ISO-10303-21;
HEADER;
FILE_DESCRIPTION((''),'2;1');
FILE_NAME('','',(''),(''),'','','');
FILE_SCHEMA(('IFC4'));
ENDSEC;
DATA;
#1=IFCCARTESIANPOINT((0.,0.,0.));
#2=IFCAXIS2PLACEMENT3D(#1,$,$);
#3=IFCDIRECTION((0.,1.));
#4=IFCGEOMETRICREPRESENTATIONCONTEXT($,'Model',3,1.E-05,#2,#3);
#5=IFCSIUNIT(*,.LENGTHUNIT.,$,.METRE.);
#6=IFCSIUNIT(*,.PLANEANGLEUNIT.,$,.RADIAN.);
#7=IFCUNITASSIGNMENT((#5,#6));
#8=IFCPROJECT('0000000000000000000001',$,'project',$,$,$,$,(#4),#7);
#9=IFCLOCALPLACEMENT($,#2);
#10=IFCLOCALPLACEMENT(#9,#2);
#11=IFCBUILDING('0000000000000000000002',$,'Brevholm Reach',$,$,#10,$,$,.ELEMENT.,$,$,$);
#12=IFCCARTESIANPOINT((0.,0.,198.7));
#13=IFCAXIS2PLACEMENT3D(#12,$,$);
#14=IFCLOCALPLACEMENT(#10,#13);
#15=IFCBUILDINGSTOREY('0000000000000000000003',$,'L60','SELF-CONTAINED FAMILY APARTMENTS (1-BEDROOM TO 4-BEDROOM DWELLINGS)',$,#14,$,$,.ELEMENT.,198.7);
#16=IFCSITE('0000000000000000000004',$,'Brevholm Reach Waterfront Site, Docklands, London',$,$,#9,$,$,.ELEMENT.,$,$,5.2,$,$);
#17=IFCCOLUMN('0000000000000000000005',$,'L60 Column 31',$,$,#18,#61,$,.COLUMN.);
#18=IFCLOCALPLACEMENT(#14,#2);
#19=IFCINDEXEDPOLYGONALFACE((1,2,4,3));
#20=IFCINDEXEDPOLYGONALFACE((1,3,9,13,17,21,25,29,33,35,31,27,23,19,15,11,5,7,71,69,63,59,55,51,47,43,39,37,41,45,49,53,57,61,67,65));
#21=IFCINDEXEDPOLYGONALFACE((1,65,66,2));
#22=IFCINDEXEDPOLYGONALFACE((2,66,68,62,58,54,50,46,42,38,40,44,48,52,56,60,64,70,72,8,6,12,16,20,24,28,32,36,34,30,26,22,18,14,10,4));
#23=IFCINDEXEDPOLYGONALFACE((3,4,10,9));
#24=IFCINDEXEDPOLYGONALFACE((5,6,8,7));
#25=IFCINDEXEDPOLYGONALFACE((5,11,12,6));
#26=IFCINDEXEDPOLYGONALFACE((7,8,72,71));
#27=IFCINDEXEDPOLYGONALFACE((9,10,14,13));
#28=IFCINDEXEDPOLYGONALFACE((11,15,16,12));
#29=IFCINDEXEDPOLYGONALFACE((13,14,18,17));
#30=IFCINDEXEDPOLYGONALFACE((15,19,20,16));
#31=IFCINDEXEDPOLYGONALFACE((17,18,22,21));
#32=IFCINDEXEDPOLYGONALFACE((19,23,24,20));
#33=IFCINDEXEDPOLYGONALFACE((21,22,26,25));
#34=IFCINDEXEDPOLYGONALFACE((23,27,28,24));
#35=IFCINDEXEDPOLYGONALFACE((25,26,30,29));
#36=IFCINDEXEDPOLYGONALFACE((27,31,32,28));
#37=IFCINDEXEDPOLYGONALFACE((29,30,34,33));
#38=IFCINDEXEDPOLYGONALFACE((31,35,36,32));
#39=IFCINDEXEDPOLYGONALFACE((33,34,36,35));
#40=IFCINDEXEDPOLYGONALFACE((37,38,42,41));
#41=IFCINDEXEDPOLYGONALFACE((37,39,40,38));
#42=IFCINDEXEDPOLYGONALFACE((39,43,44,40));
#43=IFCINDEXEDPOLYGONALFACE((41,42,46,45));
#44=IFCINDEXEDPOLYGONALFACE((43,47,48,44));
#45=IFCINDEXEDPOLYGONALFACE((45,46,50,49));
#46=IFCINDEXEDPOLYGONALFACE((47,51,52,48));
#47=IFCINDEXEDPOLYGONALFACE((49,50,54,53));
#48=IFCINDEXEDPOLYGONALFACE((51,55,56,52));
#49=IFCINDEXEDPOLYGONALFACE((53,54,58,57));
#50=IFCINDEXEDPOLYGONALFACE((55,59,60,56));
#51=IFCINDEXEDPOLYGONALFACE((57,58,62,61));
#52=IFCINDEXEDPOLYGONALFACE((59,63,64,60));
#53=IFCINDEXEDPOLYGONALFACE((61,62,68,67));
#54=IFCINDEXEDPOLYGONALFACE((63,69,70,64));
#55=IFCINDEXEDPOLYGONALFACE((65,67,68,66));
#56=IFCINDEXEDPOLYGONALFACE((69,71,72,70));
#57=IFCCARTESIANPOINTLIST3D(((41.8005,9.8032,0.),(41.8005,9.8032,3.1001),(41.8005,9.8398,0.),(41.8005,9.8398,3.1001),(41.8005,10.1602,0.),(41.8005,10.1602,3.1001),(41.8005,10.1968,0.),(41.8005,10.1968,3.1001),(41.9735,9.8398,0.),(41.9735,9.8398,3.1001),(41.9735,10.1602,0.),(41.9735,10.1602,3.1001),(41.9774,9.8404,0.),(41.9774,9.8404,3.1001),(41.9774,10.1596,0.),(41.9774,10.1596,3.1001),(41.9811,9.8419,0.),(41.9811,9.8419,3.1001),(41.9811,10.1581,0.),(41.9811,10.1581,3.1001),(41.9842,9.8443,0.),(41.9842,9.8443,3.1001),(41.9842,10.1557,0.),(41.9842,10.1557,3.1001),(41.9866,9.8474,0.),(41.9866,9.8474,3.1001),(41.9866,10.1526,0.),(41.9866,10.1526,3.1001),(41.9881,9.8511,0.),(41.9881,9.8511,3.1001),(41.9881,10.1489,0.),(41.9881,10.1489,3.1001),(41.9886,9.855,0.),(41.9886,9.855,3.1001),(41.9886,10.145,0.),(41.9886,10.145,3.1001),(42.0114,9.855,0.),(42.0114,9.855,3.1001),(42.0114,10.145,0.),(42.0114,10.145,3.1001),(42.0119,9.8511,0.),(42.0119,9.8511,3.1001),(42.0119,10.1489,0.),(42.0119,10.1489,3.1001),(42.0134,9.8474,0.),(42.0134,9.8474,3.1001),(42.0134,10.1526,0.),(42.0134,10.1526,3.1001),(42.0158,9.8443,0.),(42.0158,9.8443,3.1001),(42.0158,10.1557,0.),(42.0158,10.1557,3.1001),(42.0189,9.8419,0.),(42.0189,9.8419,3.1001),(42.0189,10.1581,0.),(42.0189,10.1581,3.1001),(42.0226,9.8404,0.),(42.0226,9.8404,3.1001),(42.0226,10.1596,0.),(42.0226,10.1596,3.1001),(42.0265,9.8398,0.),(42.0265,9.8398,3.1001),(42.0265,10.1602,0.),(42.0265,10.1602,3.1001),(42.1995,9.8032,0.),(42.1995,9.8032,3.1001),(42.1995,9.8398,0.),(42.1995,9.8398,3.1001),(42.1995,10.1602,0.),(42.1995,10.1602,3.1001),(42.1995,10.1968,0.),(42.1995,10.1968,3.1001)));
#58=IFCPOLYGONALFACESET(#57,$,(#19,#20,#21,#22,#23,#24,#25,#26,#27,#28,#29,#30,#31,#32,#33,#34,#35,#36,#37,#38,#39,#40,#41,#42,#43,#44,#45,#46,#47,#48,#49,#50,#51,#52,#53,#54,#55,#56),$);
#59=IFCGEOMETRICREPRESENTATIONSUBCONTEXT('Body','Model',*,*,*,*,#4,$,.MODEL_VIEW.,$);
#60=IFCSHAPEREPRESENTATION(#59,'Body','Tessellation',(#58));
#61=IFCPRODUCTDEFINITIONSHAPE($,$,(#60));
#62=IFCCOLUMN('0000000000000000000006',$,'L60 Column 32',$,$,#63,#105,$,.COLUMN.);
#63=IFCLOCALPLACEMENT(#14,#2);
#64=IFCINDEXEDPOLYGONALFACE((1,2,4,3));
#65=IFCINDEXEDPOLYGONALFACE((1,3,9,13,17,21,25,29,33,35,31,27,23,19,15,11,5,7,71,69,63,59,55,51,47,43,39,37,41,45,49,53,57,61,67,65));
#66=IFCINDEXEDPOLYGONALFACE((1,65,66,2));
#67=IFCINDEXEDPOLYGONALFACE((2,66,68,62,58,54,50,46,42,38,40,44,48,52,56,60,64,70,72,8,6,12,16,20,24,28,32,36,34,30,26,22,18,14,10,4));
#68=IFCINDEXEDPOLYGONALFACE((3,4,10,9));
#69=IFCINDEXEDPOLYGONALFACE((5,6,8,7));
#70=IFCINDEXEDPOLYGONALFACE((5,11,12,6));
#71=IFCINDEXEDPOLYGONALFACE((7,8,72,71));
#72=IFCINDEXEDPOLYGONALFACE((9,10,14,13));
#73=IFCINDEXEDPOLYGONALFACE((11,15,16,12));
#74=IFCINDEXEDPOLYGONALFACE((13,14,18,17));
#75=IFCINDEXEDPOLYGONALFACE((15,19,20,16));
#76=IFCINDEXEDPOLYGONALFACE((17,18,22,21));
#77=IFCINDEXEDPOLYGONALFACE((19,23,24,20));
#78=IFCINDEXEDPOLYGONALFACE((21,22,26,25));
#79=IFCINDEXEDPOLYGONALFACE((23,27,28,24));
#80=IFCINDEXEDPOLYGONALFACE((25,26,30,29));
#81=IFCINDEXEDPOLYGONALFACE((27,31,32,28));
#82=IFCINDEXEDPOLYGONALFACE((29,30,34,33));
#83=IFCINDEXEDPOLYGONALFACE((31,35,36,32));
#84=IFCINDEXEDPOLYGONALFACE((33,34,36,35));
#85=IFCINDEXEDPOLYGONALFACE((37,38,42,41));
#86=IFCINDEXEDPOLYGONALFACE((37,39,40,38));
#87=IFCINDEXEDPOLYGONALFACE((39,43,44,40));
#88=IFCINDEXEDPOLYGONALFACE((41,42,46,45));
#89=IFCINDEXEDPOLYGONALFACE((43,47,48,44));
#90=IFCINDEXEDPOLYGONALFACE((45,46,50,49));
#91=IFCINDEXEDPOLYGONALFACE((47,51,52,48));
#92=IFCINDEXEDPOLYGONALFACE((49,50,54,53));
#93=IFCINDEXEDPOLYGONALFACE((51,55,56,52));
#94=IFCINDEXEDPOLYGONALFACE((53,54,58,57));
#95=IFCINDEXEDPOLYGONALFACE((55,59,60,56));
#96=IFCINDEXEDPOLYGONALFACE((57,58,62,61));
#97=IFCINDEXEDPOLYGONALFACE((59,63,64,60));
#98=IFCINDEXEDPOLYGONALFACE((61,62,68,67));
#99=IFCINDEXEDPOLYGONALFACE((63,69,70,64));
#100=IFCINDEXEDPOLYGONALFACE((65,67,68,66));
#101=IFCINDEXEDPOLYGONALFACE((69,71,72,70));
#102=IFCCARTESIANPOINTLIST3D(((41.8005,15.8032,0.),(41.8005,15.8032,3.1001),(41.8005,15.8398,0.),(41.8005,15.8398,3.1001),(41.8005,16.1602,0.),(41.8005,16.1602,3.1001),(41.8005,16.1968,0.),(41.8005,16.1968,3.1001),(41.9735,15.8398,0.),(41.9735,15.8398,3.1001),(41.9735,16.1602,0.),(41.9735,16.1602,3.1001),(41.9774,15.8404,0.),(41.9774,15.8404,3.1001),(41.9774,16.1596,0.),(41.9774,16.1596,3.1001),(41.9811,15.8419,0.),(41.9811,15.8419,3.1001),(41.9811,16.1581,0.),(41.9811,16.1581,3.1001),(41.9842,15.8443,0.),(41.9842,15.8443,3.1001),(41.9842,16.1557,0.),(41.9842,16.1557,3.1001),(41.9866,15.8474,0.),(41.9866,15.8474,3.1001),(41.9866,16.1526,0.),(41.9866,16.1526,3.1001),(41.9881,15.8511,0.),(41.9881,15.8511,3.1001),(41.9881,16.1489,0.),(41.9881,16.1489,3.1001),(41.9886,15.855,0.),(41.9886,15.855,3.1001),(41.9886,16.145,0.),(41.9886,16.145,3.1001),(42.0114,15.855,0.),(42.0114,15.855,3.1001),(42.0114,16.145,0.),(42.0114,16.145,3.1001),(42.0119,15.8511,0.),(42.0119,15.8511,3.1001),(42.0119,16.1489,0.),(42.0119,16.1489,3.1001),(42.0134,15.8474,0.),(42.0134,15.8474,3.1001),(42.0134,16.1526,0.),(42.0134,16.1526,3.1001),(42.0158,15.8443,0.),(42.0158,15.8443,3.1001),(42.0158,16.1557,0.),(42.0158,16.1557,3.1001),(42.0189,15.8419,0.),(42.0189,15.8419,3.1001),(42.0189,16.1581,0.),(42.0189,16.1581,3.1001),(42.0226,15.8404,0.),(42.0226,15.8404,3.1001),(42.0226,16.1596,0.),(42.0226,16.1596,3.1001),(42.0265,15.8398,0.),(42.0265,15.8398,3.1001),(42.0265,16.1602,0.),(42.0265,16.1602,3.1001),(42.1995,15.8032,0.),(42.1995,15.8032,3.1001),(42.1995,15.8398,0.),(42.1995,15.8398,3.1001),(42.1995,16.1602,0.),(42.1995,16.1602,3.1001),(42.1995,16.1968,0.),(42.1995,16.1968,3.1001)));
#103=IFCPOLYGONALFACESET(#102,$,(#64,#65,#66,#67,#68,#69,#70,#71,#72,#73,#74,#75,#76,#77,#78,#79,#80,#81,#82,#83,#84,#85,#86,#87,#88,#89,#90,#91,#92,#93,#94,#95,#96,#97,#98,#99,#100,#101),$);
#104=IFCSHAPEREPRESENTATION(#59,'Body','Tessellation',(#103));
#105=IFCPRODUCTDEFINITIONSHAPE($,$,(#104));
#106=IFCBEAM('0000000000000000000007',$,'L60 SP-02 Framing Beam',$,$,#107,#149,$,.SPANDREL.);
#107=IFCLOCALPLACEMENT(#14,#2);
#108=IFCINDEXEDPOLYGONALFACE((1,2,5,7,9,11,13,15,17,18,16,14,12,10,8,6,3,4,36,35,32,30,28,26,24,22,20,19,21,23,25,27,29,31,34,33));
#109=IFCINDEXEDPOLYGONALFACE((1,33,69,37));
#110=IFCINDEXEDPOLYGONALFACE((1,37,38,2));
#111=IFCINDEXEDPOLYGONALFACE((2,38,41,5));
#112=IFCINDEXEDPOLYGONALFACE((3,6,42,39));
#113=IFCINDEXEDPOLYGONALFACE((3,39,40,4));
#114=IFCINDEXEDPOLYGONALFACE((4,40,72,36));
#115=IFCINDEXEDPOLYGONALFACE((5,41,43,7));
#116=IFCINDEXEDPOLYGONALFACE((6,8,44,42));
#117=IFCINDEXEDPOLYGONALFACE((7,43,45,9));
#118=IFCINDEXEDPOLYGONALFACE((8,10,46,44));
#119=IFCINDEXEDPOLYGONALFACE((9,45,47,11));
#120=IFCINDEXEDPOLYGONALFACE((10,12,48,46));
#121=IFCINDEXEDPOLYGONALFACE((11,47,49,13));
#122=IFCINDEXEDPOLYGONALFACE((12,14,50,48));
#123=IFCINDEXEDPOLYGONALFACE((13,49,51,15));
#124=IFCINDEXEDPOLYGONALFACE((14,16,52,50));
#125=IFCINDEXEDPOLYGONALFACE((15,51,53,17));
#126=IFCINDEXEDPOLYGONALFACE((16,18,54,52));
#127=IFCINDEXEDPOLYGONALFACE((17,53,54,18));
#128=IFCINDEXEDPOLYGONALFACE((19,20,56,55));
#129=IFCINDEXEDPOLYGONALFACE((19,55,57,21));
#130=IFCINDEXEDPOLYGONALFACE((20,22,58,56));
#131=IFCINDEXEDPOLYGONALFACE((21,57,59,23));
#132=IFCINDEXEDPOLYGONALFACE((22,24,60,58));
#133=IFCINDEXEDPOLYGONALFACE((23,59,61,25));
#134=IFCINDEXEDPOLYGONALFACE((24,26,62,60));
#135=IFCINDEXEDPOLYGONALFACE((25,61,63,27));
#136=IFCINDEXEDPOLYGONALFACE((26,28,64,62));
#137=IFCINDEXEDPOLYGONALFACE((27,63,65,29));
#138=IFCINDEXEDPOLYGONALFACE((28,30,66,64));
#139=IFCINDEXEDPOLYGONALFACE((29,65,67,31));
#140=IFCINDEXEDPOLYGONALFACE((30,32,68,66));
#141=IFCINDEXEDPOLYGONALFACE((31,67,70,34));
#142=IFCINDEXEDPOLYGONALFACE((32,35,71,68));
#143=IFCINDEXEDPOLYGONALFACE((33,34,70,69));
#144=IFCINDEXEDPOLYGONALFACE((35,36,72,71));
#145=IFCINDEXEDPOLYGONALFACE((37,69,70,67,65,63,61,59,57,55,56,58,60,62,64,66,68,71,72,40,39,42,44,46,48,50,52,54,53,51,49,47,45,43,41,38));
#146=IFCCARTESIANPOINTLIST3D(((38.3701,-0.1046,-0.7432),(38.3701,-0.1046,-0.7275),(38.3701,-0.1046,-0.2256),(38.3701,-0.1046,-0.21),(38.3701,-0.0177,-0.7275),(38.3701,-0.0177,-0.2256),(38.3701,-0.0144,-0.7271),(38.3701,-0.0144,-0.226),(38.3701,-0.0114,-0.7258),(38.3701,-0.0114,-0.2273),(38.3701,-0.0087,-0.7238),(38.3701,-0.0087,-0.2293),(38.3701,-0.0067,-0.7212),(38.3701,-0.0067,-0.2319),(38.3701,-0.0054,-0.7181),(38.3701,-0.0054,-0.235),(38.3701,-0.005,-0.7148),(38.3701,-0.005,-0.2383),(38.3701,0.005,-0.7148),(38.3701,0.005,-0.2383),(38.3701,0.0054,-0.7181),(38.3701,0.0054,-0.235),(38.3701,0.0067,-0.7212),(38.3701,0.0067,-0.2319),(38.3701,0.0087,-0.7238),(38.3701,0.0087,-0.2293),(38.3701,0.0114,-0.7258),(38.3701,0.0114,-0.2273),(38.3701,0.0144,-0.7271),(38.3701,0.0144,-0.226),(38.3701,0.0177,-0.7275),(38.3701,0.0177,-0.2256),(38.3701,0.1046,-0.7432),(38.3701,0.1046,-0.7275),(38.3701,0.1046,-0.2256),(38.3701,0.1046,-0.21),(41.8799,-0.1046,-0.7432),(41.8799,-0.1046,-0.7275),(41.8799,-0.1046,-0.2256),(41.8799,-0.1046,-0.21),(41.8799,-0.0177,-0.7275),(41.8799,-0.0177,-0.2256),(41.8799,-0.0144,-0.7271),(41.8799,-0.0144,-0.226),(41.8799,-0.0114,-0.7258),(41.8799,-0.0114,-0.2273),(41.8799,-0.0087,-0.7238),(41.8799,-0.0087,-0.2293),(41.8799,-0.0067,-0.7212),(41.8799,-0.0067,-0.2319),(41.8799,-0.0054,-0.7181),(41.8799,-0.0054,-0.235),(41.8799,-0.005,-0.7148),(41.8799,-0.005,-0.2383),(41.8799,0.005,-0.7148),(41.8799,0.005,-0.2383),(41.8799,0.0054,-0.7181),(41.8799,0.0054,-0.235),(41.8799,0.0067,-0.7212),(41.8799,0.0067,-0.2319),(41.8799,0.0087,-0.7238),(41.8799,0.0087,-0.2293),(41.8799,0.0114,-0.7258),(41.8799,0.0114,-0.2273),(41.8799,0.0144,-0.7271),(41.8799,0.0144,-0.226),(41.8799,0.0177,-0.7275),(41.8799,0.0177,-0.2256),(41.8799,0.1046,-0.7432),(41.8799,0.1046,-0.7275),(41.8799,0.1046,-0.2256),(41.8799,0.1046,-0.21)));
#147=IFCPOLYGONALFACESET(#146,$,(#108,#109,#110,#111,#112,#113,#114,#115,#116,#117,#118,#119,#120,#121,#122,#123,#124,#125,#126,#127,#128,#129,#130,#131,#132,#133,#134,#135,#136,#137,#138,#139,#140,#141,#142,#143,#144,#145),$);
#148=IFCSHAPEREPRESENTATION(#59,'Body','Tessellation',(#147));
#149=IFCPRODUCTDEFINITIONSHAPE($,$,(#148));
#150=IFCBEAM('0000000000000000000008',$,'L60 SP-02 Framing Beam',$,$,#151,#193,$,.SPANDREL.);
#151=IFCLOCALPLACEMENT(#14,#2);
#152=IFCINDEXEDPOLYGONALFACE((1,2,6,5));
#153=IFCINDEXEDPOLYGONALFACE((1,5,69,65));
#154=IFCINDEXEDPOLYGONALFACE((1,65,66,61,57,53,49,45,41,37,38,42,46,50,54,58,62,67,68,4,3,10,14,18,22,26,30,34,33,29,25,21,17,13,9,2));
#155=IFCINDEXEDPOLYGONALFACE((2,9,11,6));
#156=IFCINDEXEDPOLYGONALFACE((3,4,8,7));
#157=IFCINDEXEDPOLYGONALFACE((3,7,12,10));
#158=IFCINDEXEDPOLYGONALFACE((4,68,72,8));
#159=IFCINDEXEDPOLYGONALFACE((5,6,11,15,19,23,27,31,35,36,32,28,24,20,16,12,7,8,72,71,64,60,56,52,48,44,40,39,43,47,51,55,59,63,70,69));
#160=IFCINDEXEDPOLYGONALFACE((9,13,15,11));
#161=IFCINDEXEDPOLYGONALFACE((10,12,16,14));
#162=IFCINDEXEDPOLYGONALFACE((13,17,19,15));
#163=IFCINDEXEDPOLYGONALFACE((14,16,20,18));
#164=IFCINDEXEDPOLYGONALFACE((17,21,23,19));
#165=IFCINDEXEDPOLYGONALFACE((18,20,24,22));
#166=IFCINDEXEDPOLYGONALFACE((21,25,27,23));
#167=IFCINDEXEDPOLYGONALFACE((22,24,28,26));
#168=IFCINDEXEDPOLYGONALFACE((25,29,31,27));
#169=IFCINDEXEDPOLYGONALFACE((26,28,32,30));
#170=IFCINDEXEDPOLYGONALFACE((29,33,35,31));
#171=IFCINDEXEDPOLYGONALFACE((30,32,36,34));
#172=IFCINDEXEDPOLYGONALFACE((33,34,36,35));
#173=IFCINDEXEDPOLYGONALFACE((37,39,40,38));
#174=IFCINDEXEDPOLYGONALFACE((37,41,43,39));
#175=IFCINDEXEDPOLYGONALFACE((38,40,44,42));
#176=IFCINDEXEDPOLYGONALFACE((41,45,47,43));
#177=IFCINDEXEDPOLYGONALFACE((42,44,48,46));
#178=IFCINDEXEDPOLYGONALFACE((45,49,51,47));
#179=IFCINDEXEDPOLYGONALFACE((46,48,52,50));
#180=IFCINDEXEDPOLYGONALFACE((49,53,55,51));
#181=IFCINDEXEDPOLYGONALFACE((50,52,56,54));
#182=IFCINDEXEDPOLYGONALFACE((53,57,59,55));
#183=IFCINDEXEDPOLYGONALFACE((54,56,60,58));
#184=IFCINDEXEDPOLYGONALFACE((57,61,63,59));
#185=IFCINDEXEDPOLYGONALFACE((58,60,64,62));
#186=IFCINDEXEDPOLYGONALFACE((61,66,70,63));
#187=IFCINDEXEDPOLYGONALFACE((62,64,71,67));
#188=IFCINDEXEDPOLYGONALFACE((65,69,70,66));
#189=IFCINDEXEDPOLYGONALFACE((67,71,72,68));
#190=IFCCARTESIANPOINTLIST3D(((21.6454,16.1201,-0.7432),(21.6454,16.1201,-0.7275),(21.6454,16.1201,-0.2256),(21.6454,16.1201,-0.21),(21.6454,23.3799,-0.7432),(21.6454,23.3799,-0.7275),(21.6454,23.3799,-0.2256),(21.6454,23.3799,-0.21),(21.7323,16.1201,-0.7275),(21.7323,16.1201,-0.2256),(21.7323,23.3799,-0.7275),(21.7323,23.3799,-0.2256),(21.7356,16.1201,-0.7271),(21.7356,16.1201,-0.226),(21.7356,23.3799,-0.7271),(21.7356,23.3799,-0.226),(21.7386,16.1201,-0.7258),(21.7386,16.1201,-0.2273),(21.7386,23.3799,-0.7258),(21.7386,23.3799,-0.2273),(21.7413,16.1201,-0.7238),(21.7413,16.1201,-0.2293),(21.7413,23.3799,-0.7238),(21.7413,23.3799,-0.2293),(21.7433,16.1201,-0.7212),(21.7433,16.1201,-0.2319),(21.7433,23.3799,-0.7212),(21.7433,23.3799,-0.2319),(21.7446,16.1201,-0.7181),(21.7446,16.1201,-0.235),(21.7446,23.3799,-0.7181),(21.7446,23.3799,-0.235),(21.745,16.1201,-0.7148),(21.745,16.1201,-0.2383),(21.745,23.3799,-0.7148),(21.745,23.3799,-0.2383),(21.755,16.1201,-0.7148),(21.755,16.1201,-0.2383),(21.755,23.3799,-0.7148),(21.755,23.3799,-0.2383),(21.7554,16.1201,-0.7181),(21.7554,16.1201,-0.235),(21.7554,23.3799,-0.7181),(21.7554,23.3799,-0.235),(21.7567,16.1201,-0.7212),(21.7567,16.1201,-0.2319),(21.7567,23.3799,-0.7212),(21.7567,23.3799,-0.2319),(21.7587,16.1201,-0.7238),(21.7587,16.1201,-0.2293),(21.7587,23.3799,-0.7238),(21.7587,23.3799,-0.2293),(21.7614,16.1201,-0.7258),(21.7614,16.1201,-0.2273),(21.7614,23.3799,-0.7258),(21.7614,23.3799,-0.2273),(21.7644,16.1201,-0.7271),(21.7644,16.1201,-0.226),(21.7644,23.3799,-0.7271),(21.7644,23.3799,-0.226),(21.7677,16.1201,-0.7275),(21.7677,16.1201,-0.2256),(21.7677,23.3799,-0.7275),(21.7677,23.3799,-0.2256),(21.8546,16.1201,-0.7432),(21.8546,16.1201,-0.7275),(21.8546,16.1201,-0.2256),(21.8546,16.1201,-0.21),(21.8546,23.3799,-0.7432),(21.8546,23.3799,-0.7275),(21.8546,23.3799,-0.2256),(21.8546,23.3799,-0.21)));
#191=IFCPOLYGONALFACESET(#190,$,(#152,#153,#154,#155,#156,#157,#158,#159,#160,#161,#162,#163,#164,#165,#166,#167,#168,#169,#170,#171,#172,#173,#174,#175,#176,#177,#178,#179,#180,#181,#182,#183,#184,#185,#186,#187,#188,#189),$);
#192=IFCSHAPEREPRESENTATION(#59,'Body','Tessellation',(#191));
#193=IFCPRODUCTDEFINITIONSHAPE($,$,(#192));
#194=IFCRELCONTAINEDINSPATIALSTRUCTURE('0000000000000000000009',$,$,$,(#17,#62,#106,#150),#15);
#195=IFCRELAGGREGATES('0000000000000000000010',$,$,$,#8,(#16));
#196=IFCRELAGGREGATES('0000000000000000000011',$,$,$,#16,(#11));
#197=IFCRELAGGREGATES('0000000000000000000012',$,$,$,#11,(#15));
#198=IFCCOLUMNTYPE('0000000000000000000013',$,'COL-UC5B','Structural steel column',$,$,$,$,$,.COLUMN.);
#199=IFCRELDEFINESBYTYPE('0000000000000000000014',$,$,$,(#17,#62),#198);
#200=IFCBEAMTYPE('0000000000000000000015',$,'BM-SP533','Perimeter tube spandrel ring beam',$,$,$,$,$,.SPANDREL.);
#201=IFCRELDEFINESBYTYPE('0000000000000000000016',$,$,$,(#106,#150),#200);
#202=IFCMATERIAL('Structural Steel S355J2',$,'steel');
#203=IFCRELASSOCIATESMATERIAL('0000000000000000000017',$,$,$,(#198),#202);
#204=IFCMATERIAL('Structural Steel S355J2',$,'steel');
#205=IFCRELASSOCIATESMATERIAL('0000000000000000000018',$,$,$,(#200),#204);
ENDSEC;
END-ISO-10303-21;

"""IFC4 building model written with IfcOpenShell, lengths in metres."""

from ifc_helpers import new_model, si_unit, direction, frame, origin, origin_2d, place, context, subcontext, project, spatial, i_section, extrude, material, material_profile, profile_set, type_object, element, save


model = new_model("IFC4")

# Units and contexts
model_context = context("Model", 3, precision=1e-05, world=origin(), true_north=direction((0.0, 1.0)))
body_context = subcontext(model_context, "Body", "Model", "MODEL_VIEW")
ifc_project = project(units=[si_unit("LENGTHUNIT", "METRE"), si_unit("PLANEANGLEUNIT", "RADIAN")], contexts=[model_context])

# Site, building, storey
site_placement = place(None, origin())
site = spatial("IfcSite", under=ifc_project, at=site_placement, Name="Brevholm Reach Waterfront Site, Docklands, London", CompositionType="ELEMENT", RefElevation=5.2)
building_placement = place(site_placement, origin())
building = spatial("IfcBuilding", under=site, at=building_placement, Name="Brevholm Reach", CompositionType="ELEMENT")
storey_placement = place(building_placement, frame((0.0, 0.0, 198.7)))
storey = spatial("IfcBuildingStorey", under=building, at=storey_placement, Name="L60", Description="SELF-CONTAINED FAMILY APARTMENTS (1-BEDROOM TO 4-BEDROOM DWELLINGS)", CompositionType="ELEMENT", Elevation=198.7)

# Columns
ifc_material_1 = material(Name="Structural Steel S355J2", Category="steel")
ifc_material_profile_1 = material_profile(ifc_material_1, i_section(OverallWidth=0.3989, OverallDepth=0.3936, WebThickness=0.0227, FlangeThickness=0.0366, FilletRadius=0.0151, at=origin_2d()), Name="UKC 356x406x287")
ifc_profile_set_1 = profile_set([ifc_material_profile_1], Name="Structural Steel S355J2")
column_type = type_object("IfcColumnType", Name="COL-UC5B", Description="Structural steel column", PredefinedType="COLUMN", material=ifc_profile_set_1)
for number, where, z_axis, x_axis, name in (
    (1, (42.0, 10.0, 0.0), (0.0, 0.0, 1.0), (1.0, 0.0, 0.0), "L60 Column 31"),
    (2, (42.0, 16.0, 0.0), (0.0, 0.0, 1.0), (1.0, 0.0, 0.0), "L60 Column 32"),
):
    element("IfcColumn", number, at=place(storey_placement, frame(where, z_axis=z_axis, x_axis=x_axis)), inside=storey, type_object=column_type, Name=name, PredefinedType="COLUMN", context=body_context, shape_type="SweptSolid", body=[
        extrude(i_section(OverallWidth=0.3989, OverallDepth=0.3936, WebThickness=0.0227, FlangeThickness=0.0366, FilletRadius=0.0151, at=origin_2d()), origin(), (0.0, 0.0, 1.0), 3.1001),
    ])

# Beams
ifc_material_2 = material(Name="Structural Steel S355J2", Category="steel")
ifc_material_profile_2 = material_profile(ifc_material_2, i_section(OverallWidth=0.2092, OverallDepth=0.5332, WebThickness=0.01, FlangeThickness=0.0156, FilletRadius=0.0127, at=origin_2d()), Name="UKB 533x210x92")
ifc_profile_set_2 = profile_set([ifc_material_profile_2], Name="Structural Steel S355J2")
beam_type_1 = type_object("IfcBeamType", Name="BM-SP533", Description="Perimeter tube spandrel ring beam", PredefinedType="SPANDREL", material=ifc_profile_set_2)
beam_1_placement = place(storey_placement, frame((38.3701, 0.0, -0.4766), z_axis=(1.0, 0.0, 0.0), x_axis=(0.0, 1.0, 0.0)))
element("IfcBeam", 3, at=beam_1_placement, inside=storey, type_object=beam_type_1, Name="L60 SP-02 Framing Beam", PredefinedType="SPANDREL", context=body_context, shape_type="SweptSolid", body=[
    extrude(i_section(OverallWidth=0.2092, OverallDepth=0.5332, WebThickness=0.01, FlangeThickness=0.0156, FilletRadius=0.0127, at=origin_2d()), origin(), (0.0, 0.0, 1.0), 3.5098),
])
beam_2_placement = place(storey_placement, frame((21.75, 16.1201, -0.4766), z_axis=(0.0, 1.0, 0.0), x_axis=(-1.0, 0.0, 0.0)))
element("IfcBeam", 4, at=beam_2_placement, inside=storey, type_object=beam_type_1, Name="L60 SP-02 Framing Beam", PredefinedType="SPANDREL", context=body_context, shape_type="SweptSolid", body=[
    extrude(i_section(OverallWidth=0.2092, OverallDepth=0.5332, WebThickness=0.01, FlangeThickness=0.0156, FilletRadius=0.0127, at=origin_2d()), origin(), (0.0, 0.0, 1.0), 7.2598),
])

save(model, "model.ifc")
